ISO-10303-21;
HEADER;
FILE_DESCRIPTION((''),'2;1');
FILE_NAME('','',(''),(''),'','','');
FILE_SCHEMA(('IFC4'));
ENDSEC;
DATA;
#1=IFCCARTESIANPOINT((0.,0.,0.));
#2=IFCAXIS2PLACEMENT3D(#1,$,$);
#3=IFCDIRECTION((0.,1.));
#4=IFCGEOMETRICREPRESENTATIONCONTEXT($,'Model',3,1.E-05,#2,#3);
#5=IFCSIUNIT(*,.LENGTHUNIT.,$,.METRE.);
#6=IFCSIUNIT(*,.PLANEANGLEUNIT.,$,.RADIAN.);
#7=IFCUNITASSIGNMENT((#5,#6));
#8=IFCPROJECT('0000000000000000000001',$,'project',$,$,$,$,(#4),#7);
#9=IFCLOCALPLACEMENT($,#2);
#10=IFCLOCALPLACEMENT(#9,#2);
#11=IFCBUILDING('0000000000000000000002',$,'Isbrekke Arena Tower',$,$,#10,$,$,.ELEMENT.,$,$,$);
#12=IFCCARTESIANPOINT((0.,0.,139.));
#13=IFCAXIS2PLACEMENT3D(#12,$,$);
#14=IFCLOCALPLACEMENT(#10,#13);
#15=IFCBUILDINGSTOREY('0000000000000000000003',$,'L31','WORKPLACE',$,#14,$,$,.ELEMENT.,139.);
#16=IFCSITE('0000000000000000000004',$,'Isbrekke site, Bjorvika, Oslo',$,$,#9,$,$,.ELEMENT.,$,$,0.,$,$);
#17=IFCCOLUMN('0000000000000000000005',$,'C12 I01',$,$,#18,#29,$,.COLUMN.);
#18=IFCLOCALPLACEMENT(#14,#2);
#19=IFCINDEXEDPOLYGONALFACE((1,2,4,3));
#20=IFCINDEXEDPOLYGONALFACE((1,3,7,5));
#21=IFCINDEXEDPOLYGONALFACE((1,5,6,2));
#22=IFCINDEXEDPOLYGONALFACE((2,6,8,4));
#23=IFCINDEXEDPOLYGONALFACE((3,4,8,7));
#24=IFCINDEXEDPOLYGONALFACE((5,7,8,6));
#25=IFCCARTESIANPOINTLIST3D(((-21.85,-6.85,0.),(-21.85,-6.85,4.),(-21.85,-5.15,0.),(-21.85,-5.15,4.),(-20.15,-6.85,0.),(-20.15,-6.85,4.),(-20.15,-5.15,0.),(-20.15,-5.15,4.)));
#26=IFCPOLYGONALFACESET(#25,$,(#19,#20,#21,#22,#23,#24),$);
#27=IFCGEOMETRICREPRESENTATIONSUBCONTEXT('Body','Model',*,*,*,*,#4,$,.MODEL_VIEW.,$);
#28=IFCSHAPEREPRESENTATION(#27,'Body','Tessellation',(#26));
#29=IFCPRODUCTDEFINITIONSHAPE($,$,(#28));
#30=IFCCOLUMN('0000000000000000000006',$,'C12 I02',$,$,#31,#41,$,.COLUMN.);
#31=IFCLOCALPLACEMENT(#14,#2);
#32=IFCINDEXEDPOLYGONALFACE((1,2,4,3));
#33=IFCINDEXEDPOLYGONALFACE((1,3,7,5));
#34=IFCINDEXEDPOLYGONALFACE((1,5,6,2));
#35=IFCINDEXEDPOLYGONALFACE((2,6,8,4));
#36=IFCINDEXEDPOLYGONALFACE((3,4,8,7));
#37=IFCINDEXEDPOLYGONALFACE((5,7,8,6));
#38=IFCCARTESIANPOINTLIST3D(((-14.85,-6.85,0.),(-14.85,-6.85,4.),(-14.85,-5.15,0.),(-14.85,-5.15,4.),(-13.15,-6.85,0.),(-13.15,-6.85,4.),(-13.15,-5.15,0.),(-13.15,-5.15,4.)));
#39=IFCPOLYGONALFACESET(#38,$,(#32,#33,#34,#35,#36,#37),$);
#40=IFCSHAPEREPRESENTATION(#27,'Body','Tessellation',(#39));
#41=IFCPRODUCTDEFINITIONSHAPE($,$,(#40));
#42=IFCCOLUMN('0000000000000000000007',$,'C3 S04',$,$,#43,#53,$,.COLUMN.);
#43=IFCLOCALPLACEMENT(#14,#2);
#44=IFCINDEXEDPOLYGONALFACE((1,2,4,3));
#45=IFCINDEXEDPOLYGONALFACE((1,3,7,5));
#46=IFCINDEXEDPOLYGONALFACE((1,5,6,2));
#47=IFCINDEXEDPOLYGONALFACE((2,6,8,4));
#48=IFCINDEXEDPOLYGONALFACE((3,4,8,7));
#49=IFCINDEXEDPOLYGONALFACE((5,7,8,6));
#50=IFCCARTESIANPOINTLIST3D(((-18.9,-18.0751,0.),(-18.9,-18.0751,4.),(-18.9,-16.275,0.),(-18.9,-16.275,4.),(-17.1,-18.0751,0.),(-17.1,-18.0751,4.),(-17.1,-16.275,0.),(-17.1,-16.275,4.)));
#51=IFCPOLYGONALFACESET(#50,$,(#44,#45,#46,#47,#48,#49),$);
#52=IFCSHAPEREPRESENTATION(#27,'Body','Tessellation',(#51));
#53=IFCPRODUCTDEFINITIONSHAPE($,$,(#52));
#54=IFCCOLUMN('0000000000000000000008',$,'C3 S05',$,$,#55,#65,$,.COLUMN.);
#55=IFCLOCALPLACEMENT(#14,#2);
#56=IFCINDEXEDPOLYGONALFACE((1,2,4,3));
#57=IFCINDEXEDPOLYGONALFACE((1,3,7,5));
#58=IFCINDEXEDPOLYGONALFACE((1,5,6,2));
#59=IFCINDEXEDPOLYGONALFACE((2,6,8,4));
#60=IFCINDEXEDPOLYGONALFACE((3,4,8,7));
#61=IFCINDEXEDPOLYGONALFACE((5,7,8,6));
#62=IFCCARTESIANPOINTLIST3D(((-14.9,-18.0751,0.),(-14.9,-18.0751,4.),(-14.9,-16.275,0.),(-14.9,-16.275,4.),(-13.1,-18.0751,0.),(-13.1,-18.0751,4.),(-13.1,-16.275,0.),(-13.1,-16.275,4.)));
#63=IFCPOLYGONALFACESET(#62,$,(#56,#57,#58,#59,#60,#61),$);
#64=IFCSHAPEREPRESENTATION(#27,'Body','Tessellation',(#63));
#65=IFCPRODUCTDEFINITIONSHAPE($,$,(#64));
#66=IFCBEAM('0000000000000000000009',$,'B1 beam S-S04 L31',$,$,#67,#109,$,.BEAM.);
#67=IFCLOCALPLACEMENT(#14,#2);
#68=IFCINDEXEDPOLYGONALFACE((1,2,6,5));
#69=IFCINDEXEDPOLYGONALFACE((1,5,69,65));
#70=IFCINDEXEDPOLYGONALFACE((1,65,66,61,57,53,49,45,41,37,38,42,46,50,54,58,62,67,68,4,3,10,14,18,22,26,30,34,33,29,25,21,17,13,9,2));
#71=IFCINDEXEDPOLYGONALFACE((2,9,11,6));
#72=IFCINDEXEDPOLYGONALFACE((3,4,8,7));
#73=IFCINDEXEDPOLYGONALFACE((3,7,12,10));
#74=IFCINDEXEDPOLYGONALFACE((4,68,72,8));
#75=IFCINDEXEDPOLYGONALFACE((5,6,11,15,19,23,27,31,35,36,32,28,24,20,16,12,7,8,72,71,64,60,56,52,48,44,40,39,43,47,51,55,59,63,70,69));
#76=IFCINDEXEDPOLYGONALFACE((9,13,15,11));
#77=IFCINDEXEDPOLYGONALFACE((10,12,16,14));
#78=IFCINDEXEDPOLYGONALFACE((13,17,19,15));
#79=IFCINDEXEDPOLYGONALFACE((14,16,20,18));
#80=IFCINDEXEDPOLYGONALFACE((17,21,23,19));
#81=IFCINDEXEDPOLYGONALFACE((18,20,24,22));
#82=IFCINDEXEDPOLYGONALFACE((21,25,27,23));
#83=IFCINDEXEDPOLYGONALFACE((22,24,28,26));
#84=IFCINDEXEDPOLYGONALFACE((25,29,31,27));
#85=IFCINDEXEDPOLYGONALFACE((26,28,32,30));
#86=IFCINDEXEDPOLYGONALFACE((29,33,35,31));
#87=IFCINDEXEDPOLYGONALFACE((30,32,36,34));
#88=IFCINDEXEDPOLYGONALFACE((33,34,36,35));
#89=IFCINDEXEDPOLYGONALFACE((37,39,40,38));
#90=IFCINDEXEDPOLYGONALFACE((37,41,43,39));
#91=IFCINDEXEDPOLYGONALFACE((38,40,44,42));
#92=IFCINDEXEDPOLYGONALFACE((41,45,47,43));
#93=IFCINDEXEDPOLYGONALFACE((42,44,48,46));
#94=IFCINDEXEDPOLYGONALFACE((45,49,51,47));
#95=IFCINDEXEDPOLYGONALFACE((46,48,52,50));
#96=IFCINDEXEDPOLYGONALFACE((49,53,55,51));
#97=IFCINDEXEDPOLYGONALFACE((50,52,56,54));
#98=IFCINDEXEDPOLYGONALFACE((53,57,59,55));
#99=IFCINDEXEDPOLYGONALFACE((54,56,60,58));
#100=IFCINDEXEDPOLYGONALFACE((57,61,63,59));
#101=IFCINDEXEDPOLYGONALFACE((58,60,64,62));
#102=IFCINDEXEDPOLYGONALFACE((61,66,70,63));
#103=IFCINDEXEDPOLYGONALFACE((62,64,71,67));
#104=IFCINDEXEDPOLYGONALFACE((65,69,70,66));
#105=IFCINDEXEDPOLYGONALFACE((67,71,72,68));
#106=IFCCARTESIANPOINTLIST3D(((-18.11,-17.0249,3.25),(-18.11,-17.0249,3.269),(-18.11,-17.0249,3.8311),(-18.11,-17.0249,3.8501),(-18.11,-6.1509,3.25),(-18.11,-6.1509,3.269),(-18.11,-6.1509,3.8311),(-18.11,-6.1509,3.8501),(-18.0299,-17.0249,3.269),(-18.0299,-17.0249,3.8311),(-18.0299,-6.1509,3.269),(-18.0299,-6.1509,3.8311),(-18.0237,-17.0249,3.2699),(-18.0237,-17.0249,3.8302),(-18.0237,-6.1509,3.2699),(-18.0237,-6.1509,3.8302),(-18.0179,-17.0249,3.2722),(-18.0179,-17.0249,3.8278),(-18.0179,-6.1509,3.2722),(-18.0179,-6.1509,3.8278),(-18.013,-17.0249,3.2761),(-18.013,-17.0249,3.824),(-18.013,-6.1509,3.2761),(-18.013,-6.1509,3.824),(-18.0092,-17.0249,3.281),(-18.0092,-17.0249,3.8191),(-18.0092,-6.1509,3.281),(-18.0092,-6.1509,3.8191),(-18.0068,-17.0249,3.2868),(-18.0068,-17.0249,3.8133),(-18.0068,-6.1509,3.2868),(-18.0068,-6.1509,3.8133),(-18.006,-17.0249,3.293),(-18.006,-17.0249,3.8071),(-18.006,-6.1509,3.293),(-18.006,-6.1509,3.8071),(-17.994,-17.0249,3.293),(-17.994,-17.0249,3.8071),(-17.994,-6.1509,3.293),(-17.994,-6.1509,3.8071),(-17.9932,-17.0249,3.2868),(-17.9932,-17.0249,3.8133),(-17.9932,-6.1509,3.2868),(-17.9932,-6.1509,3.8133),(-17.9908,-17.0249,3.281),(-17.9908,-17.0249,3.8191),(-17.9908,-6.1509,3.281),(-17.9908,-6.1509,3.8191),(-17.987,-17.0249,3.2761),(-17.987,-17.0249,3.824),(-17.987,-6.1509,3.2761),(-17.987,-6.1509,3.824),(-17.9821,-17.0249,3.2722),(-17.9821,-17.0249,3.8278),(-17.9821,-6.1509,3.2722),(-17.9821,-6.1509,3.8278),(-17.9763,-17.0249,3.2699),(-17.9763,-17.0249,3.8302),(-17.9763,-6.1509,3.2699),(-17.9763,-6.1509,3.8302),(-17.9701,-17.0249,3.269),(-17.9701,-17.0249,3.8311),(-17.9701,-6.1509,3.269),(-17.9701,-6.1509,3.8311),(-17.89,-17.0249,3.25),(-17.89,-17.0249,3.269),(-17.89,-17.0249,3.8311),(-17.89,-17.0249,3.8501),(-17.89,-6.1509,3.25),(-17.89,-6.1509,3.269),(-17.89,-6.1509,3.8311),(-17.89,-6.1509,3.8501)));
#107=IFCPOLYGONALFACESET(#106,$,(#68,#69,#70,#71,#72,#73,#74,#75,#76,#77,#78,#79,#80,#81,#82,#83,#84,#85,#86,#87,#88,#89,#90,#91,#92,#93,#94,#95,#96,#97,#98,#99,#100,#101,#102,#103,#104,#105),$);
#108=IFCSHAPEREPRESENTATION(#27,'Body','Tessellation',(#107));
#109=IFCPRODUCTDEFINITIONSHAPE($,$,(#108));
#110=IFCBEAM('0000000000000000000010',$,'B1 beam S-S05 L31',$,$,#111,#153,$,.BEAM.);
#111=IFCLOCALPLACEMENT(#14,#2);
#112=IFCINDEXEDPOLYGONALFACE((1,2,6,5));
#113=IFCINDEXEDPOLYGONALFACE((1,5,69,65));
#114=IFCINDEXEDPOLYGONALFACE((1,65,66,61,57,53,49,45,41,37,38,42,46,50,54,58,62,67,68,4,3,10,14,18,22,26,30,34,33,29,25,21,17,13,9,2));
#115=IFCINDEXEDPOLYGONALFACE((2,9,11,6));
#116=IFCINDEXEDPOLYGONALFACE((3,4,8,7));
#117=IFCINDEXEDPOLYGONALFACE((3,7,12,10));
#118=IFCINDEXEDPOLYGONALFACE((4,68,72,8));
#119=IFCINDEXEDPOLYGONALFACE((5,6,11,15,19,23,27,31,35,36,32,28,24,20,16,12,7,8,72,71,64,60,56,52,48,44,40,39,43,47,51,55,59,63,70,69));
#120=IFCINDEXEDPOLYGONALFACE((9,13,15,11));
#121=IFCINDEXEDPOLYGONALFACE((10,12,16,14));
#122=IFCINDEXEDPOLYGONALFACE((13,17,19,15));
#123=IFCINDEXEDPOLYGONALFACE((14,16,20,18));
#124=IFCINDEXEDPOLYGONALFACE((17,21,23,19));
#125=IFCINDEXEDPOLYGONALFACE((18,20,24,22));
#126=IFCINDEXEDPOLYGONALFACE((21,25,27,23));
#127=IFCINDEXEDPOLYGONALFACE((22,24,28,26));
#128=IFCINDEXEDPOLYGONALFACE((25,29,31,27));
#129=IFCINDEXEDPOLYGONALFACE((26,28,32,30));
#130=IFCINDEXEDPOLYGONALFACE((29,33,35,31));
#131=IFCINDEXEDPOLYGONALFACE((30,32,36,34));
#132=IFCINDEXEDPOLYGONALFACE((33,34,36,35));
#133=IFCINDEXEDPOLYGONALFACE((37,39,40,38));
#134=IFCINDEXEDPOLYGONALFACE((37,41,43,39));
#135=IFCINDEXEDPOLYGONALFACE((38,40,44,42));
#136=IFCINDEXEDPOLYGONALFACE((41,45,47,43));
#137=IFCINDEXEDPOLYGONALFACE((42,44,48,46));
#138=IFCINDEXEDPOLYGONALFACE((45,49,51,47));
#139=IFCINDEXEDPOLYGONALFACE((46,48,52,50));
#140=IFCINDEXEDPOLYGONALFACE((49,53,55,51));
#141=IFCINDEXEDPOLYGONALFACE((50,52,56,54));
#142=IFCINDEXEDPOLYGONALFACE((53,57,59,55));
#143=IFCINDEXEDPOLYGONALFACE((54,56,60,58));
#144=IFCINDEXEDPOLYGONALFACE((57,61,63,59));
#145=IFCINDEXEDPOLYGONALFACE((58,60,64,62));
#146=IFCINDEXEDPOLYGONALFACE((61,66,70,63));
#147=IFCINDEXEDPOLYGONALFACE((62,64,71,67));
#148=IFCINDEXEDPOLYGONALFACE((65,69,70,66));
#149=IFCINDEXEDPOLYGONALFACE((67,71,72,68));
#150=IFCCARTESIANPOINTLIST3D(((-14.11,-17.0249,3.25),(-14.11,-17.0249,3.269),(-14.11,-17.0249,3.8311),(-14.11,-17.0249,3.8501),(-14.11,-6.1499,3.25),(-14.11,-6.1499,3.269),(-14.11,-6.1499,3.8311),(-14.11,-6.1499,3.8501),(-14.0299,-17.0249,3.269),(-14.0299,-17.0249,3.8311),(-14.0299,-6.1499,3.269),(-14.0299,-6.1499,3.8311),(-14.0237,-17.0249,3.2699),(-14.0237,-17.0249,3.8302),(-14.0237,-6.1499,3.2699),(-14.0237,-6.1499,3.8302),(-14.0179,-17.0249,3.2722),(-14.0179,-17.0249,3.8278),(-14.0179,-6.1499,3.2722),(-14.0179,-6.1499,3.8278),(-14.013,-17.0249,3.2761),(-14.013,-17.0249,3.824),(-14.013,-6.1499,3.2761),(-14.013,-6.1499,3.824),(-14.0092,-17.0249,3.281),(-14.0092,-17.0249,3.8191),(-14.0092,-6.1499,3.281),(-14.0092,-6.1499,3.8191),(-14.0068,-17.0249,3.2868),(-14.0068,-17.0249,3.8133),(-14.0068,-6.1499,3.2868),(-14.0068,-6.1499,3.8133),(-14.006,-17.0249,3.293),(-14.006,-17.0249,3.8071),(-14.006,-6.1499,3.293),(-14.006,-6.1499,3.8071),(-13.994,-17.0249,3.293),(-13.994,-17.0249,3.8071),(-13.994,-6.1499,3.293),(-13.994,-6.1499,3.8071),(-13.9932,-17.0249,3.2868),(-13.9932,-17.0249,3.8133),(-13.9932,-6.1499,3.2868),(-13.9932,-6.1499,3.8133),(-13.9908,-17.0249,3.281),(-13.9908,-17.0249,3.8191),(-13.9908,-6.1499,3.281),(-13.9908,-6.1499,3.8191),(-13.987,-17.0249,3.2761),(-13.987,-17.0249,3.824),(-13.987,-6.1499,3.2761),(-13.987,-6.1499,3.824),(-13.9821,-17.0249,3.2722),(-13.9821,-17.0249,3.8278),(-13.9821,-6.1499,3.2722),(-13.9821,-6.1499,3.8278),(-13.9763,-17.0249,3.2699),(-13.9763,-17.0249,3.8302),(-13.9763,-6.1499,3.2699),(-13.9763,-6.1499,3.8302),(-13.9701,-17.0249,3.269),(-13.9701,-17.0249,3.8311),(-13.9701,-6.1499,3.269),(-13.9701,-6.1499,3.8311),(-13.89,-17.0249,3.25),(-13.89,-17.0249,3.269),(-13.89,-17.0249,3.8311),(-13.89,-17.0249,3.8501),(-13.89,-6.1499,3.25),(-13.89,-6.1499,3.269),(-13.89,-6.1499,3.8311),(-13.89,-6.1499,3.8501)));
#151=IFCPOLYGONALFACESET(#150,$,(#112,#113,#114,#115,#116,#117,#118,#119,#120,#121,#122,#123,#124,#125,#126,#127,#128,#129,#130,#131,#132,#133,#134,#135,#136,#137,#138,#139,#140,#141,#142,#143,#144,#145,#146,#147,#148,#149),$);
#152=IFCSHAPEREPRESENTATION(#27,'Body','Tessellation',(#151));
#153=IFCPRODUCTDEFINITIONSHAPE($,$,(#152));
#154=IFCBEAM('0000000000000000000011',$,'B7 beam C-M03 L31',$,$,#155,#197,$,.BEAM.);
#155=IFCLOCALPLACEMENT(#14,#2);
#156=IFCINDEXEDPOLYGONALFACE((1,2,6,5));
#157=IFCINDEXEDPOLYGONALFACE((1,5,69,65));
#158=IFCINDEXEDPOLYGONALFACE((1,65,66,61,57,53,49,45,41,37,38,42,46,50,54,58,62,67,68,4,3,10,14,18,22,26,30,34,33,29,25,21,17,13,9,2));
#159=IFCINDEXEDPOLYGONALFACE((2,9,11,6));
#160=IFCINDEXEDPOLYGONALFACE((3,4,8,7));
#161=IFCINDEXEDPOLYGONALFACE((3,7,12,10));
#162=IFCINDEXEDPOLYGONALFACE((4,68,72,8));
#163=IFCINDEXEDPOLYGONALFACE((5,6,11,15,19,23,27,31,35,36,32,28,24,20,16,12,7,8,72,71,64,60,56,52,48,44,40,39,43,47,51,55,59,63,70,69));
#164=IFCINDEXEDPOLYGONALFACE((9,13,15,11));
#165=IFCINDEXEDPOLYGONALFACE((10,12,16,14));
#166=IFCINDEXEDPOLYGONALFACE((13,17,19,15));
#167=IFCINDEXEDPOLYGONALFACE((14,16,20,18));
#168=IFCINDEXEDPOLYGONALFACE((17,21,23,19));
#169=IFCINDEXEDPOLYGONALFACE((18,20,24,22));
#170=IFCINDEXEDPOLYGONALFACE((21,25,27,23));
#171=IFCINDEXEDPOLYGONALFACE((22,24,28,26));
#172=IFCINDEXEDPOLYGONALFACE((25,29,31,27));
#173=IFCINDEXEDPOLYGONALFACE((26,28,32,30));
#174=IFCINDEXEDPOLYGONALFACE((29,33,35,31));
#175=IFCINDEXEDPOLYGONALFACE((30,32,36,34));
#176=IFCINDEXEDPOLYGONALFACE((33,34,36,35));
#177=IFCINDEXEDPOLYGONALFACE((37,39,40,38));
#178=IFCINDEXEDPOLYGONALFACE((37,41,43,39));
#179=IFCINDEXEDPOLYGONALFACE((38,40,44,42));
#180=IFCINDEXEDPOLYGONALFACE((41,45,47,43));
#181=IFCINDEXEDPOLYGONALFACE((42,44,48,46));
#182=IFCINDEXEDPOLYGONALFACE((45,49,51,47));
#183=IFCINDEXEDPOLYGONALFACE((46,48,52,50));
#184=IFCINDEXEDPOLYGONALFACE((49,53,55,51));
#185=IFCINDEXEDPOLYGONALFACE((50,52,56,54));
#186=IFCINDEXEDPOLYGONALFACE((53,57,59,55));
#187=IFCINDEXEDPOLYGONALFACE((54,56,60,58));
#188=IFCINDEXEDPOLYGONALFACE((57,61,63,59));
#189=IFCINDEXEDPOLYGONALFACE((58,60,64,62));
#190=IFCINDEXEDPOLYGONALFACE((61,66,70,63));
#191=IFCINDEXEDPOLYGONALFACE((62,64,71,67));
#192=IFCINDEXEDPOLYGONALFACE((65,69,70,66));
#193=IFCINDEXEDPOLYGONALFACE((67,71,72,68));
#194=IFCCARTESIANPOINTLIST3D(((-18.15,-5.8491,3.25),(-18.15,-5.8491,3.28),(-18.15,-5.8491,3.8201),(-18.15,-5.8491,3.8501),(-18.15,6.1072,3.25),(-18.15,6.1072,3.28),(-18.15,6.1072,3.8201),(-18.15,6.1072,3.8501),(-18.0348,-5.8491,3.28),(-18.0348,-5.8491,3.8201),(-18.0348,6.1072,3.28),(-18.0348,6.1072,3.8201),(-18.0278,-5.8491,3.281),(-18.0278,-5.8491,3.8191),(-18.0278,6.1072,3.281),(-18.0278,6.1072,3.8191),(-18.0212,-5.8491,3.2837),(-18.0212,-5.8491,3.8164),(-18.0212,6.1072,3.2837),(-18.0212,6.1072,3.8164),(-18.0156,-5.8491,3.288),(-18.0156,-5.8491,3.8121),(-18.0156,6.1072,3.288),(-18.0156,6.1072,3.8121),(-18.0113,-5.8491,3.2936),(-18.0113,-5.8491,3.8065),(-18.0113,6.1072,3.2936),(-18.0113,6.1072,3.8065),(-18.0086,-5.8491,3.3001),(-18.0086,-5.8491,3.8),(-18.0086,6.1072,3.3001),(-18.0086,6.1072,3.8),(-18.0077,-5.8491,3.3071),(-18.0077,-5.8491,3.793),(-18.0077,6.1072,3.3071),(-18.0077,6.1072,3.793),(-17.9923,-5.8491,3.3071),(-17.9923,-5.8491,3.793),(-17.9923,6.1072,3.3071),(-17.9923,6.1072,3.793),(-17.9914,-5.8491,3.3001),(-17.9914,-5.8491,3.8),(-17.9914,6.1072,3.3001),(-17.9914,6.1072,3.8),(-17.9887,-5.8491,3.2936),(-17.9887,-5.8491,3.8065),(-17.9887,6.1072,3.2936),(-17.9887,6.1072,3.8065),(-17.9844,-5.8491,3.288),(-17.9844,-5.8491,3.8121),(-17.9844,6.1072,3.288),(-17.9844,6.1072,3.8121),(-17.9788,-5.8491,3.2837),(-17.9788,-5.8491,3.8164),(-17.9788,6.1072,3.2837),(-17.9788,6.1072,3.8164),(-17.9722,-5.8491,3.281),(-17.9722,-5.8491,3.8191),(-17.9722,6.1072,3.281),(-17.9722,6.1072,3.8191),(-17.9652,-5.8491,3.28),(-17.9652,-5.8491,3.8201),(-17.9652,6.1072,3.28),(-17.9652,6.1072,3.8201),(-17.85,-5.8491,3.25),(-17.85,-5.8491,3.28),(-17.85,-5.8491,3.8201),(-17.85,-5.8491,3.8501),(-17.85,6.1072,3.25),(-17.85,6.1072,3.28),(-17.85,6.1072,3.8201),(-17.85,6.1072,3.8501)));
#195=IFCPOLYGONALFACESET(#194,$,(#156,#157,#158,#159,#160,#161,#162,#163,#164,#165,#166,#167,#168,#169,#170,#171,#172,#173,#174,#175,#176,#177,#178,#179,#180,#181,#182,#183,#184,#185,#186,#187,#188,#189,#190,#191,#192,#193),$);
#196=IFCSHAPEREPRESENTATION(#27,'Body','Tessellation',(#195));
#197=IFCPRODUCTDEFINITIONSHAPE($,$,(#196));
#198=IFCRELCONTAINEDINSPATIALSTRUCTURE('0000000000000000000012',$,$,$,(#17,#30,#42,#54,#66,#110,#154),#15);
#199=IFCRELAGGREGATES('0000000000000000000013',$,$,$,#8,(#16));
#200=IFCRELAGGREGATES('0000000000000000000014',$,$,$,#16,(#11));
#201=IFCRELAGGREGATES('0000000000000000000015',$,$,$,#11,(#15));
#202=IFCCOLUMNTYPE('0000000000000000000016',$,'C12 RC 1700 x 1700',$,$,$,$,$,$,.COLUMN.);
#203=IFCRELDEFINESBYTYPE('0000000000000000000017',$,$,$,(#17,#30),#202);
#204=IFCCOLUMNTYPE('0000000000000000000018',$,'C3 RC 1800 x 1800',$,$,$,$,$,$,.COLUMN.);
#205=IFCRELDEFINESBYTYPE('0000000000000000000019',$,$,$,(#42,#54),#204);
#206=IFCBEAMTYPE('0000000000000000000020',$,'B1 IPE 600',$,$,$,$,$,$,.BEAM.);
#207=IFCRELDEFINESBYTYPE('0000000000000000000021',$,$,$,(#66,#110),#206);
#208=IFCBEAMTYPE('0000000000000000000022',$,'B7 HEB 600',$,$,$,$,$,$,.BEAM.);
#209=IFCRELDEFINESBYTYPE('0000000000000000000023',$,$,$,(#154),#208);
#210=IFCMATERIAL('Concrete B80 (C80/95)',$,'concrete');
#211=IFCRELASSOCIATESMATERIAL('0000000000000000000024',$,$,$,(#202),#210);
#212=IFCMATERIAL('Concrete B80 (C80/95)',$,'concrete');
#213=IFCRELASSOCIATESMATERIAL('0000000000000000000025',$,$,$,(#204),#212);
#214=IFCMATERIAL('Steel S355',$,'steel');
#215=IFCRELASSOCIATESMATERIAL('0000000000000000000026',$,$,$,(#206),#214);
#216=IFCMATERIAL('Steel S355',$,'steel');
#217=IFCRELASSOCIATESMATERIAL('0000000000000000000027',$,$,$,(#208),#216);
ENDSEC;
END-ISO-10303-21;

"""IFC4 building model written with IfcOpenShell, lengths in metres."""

from ifc_helpers import new_model, si_unit, direction, frame, origin, origin_2d, place, context, subcontext, project, spatial, rectangle, i_section, extrude, material, material_profile, profile_set, type_object, element, save


model = new_model("IFC4")

# Units and contexts
model_context = context("Model", 3, precision=1e-05, world=origin(), true_north=direction((0.0, 1.0)))
body_context = subcontext(model_context, "Body", "Model", "MODEL_VIEW")
ifc_project = project(units=[si_unit("LENGTHUNIT", "METRE"), si_unit("PLANEANGLEUNIT", "RADIAN")], contexts=[model_context])

# Site, building, storey
site_placement = place(None, origin())
site = spatial("IfcSite", under=ifc_project, at=site_placement, Name="Isbrekke site, Bjorvika, Oslo", CompositionType="ELEMENT", RefElevation=0.0)
building_placement = place(site_placement, origin())
building = spatial("IfcBuilding", under=site, at=building_placement, Name="Isbrekke Arena Tower", CompositionType="ELEMENT")
storey_placement = place(building_placement, frame((0.0, 0.0, 139.0)))
storey = spatial("IfcBuildingStorey", under=building, at=storey_placement, Name="L31", Description="WORKPLACE", CompositionType="ELEMENT", Elevation=139.0)

# Columns
ifc_material_1 = material(Name="Concrete B80 (C80/95)", Category="concrete")
ifc_material_profile_1 = material_profile(ifc_material_1, rectangle(XDim=1.7, YDim=1.7, at=origin_2d()), Name="RC 1700x1700")
ifc_profile_set_1 = profile_set([ifc_material_profile_1], Name="Concrete B80 (C80/95)")
column_type_1 = type_object("IfcColumnType", Name="C12 RC 1700 x 1700", PredefinedType="COLUMN", material=ifc_profile_set_1)
for number, where, z_axis, x_axis, name in (
    (1, (-21.0, -6.0, 0.0), (0.0, 0.0, 1.0), (1.0, 0.0, 0.0), "C12 I01"),
    (2, (-14.0, -6.0, 0.0), (0.0, 0.0, 1.0), (1.0, 0.0, 0.0), "C12 I02"),
):
    element("IfcColumn", number, at=place(storey_placement, frame(where, z_axis=z_axis, x_axis=x_axis)), inside=storey, type_object=column_type_1, Name=name, PredefinedType="COLUMN", context=body_context, shape_type="SweptSolid", body=[
        extrude(rectangle(XDim=1.7, YDim=1.7, at=origin_2d()), origin(), (0.0, 0.0, 1.0), 4.0),
    ])
ifc_material_2 = material(Name="Concrete B80 (C80/95)", Category="concrete")
ifc_material_profile_2 = material_profile(ifc_material_2, rectangle(XDim=1.8, YDim=1.8, at=origin_2d()), Name="RC 1800x1800")
ifc_profile_set_2 = profile_set([ifc_material_profile_2], Name="Concrete B80 (C80/95)")
column_type_2 = type_object("IfcColumnType", Name="C3 RC 1800 x 1800", PredefinedType="COLUMN", material=ifc_profile_set_2)
for number, where, z_axis, x_axis, name in (
    (3, (-18.0, -17.175, 0.0), (0.0, 0.0, 1.0), (1.0, 0.0, 0.0), "C3 S04"),
    (4, (-14.0, -17.175, 0.0), (0.0, 0.0, 1.0), (1.0, 0.0, 0.0), "C3 S05"),
):
    element("IfcColumn", number, at=place(storey_placement, frame(where, z_axis=z_axis, x_axis=x_axis)), inside=storey, type_object=column_type_2, Name=name, PredefinedType="COLUMN", context=body_context, shape_type="SweptSolid", body=[
        extrude(rectangle(XDim=1.8, YDim=1.8, at=origin_2d()), origin(), (0.0, 0.0, 1.0), 4.0),
    ])

# Beams
ifc_material_3 = material(Name="Steel S355", Category="steel")
ifc_material_profile_3 = material_profile(ifc_material_3, i_section(OverallWidth=0.22, OverallDepth=0.6001, WebThickness=0.012, FlangeThickness=0.019, FilletRadius=0.0239, at=origin_2d()), Name="IPE 600")
ifc_profile_set_3 = profile_set([ifc_material_profile_3], Name="Steel S355")
beam_type_1 = type_object("IfcBeamType", Name="B1 IPE 600", PredefinedType="BEAM", material=ifc_profile_set_3)
beam_1_placement = place(storey_placement, frame((-18.0, -17.0249, 3.55), z_axis=(0.0, 1.0, 0.0), x_axis=(-1.0, 0.0, 0.0)))
element("IfcBeam", 5, at=beam_1_placement, inside=storey, type_object=beam_type_1, Name="B1 beam S-S04 L31", PredefinedType="BEAM", context=body_context, shape_type="SweptSolid", body=[
    extrude(i_section(OverallWidth=0.22, OverallDepth=0.6001, WebThickness=0.012, FlangeThickness=0.019, FilletRadius=0.0239, at=origin_2d()), origin(), (0.0, 0.0, 1.0), 10.874),
])
beam_2_placement = place(storey_placement, frame((-14.0, -17.0249, 3.55), z_axis=(0.0, 1.0, 0.0), x_axis=(-1.0, 0.0, 0.0)))
element("IfcBeam", 6, at=beam_2_placement, inside=storey, type_object=beam_type_1, Name="B1 beam S-S05 L31", PredefinedType="BEAM", context=body_context, shape_type="SweptSolid", body=[
    extrude(i_section(OverallWidth=0.22, OverallDepth=0.6001, WebThickness=0.012, FlangeThickness=0.019, FilletRadius=0.0239, at=origin_2d()), origin(), (0.0, 0.0, 1.0), 10.875),
])
ifc_material_4 = material(Name="Steel S355", Category="steel")
ifc_material_profile_4 = material_profile(ifc_material_4, i_section(OverallWidth=0.3, OverallDepth=0.6001, WebThickness=0.0154, FlangeThickness=0.03, FilletRadius=0.0271, at=origin_2d()), Name="HEB 600")
ifc_profile_set_4 = profile_set([ifc_material_profile_4], Name="Steel S355")
beam_type_2 = type_object("IfcBeamType", Name="B7 HEB 600", PredefinedType="BEAM", material=ifc_profile_set_4)
beam_3_placement = place(storey_placement, frame((-18.0, -5.8491, 3.55), z_axis=(0.0, 1.0, 0.0), x_axis=(-1.0, 0.0, 0.0)))
element("IfcBeam", 7, at=beam_3_placement, inside=storey, type_object=beam_type_2, Name="B7 beam C-M03 L31", PredefinedType="BEAM", context=body_context, shape_type="SweptSolid", body=[
    extrude(i_section(OverallWidth=0.3, OverallDepth=0.6001, WebThickness=0.0154, FlangeThickness=0.03, FilletRadius=0.0271, at=origin_2d()), origin(), (0.0, 0.0, 1.0), 11.9563),
])

save(model, "model.ifc")
